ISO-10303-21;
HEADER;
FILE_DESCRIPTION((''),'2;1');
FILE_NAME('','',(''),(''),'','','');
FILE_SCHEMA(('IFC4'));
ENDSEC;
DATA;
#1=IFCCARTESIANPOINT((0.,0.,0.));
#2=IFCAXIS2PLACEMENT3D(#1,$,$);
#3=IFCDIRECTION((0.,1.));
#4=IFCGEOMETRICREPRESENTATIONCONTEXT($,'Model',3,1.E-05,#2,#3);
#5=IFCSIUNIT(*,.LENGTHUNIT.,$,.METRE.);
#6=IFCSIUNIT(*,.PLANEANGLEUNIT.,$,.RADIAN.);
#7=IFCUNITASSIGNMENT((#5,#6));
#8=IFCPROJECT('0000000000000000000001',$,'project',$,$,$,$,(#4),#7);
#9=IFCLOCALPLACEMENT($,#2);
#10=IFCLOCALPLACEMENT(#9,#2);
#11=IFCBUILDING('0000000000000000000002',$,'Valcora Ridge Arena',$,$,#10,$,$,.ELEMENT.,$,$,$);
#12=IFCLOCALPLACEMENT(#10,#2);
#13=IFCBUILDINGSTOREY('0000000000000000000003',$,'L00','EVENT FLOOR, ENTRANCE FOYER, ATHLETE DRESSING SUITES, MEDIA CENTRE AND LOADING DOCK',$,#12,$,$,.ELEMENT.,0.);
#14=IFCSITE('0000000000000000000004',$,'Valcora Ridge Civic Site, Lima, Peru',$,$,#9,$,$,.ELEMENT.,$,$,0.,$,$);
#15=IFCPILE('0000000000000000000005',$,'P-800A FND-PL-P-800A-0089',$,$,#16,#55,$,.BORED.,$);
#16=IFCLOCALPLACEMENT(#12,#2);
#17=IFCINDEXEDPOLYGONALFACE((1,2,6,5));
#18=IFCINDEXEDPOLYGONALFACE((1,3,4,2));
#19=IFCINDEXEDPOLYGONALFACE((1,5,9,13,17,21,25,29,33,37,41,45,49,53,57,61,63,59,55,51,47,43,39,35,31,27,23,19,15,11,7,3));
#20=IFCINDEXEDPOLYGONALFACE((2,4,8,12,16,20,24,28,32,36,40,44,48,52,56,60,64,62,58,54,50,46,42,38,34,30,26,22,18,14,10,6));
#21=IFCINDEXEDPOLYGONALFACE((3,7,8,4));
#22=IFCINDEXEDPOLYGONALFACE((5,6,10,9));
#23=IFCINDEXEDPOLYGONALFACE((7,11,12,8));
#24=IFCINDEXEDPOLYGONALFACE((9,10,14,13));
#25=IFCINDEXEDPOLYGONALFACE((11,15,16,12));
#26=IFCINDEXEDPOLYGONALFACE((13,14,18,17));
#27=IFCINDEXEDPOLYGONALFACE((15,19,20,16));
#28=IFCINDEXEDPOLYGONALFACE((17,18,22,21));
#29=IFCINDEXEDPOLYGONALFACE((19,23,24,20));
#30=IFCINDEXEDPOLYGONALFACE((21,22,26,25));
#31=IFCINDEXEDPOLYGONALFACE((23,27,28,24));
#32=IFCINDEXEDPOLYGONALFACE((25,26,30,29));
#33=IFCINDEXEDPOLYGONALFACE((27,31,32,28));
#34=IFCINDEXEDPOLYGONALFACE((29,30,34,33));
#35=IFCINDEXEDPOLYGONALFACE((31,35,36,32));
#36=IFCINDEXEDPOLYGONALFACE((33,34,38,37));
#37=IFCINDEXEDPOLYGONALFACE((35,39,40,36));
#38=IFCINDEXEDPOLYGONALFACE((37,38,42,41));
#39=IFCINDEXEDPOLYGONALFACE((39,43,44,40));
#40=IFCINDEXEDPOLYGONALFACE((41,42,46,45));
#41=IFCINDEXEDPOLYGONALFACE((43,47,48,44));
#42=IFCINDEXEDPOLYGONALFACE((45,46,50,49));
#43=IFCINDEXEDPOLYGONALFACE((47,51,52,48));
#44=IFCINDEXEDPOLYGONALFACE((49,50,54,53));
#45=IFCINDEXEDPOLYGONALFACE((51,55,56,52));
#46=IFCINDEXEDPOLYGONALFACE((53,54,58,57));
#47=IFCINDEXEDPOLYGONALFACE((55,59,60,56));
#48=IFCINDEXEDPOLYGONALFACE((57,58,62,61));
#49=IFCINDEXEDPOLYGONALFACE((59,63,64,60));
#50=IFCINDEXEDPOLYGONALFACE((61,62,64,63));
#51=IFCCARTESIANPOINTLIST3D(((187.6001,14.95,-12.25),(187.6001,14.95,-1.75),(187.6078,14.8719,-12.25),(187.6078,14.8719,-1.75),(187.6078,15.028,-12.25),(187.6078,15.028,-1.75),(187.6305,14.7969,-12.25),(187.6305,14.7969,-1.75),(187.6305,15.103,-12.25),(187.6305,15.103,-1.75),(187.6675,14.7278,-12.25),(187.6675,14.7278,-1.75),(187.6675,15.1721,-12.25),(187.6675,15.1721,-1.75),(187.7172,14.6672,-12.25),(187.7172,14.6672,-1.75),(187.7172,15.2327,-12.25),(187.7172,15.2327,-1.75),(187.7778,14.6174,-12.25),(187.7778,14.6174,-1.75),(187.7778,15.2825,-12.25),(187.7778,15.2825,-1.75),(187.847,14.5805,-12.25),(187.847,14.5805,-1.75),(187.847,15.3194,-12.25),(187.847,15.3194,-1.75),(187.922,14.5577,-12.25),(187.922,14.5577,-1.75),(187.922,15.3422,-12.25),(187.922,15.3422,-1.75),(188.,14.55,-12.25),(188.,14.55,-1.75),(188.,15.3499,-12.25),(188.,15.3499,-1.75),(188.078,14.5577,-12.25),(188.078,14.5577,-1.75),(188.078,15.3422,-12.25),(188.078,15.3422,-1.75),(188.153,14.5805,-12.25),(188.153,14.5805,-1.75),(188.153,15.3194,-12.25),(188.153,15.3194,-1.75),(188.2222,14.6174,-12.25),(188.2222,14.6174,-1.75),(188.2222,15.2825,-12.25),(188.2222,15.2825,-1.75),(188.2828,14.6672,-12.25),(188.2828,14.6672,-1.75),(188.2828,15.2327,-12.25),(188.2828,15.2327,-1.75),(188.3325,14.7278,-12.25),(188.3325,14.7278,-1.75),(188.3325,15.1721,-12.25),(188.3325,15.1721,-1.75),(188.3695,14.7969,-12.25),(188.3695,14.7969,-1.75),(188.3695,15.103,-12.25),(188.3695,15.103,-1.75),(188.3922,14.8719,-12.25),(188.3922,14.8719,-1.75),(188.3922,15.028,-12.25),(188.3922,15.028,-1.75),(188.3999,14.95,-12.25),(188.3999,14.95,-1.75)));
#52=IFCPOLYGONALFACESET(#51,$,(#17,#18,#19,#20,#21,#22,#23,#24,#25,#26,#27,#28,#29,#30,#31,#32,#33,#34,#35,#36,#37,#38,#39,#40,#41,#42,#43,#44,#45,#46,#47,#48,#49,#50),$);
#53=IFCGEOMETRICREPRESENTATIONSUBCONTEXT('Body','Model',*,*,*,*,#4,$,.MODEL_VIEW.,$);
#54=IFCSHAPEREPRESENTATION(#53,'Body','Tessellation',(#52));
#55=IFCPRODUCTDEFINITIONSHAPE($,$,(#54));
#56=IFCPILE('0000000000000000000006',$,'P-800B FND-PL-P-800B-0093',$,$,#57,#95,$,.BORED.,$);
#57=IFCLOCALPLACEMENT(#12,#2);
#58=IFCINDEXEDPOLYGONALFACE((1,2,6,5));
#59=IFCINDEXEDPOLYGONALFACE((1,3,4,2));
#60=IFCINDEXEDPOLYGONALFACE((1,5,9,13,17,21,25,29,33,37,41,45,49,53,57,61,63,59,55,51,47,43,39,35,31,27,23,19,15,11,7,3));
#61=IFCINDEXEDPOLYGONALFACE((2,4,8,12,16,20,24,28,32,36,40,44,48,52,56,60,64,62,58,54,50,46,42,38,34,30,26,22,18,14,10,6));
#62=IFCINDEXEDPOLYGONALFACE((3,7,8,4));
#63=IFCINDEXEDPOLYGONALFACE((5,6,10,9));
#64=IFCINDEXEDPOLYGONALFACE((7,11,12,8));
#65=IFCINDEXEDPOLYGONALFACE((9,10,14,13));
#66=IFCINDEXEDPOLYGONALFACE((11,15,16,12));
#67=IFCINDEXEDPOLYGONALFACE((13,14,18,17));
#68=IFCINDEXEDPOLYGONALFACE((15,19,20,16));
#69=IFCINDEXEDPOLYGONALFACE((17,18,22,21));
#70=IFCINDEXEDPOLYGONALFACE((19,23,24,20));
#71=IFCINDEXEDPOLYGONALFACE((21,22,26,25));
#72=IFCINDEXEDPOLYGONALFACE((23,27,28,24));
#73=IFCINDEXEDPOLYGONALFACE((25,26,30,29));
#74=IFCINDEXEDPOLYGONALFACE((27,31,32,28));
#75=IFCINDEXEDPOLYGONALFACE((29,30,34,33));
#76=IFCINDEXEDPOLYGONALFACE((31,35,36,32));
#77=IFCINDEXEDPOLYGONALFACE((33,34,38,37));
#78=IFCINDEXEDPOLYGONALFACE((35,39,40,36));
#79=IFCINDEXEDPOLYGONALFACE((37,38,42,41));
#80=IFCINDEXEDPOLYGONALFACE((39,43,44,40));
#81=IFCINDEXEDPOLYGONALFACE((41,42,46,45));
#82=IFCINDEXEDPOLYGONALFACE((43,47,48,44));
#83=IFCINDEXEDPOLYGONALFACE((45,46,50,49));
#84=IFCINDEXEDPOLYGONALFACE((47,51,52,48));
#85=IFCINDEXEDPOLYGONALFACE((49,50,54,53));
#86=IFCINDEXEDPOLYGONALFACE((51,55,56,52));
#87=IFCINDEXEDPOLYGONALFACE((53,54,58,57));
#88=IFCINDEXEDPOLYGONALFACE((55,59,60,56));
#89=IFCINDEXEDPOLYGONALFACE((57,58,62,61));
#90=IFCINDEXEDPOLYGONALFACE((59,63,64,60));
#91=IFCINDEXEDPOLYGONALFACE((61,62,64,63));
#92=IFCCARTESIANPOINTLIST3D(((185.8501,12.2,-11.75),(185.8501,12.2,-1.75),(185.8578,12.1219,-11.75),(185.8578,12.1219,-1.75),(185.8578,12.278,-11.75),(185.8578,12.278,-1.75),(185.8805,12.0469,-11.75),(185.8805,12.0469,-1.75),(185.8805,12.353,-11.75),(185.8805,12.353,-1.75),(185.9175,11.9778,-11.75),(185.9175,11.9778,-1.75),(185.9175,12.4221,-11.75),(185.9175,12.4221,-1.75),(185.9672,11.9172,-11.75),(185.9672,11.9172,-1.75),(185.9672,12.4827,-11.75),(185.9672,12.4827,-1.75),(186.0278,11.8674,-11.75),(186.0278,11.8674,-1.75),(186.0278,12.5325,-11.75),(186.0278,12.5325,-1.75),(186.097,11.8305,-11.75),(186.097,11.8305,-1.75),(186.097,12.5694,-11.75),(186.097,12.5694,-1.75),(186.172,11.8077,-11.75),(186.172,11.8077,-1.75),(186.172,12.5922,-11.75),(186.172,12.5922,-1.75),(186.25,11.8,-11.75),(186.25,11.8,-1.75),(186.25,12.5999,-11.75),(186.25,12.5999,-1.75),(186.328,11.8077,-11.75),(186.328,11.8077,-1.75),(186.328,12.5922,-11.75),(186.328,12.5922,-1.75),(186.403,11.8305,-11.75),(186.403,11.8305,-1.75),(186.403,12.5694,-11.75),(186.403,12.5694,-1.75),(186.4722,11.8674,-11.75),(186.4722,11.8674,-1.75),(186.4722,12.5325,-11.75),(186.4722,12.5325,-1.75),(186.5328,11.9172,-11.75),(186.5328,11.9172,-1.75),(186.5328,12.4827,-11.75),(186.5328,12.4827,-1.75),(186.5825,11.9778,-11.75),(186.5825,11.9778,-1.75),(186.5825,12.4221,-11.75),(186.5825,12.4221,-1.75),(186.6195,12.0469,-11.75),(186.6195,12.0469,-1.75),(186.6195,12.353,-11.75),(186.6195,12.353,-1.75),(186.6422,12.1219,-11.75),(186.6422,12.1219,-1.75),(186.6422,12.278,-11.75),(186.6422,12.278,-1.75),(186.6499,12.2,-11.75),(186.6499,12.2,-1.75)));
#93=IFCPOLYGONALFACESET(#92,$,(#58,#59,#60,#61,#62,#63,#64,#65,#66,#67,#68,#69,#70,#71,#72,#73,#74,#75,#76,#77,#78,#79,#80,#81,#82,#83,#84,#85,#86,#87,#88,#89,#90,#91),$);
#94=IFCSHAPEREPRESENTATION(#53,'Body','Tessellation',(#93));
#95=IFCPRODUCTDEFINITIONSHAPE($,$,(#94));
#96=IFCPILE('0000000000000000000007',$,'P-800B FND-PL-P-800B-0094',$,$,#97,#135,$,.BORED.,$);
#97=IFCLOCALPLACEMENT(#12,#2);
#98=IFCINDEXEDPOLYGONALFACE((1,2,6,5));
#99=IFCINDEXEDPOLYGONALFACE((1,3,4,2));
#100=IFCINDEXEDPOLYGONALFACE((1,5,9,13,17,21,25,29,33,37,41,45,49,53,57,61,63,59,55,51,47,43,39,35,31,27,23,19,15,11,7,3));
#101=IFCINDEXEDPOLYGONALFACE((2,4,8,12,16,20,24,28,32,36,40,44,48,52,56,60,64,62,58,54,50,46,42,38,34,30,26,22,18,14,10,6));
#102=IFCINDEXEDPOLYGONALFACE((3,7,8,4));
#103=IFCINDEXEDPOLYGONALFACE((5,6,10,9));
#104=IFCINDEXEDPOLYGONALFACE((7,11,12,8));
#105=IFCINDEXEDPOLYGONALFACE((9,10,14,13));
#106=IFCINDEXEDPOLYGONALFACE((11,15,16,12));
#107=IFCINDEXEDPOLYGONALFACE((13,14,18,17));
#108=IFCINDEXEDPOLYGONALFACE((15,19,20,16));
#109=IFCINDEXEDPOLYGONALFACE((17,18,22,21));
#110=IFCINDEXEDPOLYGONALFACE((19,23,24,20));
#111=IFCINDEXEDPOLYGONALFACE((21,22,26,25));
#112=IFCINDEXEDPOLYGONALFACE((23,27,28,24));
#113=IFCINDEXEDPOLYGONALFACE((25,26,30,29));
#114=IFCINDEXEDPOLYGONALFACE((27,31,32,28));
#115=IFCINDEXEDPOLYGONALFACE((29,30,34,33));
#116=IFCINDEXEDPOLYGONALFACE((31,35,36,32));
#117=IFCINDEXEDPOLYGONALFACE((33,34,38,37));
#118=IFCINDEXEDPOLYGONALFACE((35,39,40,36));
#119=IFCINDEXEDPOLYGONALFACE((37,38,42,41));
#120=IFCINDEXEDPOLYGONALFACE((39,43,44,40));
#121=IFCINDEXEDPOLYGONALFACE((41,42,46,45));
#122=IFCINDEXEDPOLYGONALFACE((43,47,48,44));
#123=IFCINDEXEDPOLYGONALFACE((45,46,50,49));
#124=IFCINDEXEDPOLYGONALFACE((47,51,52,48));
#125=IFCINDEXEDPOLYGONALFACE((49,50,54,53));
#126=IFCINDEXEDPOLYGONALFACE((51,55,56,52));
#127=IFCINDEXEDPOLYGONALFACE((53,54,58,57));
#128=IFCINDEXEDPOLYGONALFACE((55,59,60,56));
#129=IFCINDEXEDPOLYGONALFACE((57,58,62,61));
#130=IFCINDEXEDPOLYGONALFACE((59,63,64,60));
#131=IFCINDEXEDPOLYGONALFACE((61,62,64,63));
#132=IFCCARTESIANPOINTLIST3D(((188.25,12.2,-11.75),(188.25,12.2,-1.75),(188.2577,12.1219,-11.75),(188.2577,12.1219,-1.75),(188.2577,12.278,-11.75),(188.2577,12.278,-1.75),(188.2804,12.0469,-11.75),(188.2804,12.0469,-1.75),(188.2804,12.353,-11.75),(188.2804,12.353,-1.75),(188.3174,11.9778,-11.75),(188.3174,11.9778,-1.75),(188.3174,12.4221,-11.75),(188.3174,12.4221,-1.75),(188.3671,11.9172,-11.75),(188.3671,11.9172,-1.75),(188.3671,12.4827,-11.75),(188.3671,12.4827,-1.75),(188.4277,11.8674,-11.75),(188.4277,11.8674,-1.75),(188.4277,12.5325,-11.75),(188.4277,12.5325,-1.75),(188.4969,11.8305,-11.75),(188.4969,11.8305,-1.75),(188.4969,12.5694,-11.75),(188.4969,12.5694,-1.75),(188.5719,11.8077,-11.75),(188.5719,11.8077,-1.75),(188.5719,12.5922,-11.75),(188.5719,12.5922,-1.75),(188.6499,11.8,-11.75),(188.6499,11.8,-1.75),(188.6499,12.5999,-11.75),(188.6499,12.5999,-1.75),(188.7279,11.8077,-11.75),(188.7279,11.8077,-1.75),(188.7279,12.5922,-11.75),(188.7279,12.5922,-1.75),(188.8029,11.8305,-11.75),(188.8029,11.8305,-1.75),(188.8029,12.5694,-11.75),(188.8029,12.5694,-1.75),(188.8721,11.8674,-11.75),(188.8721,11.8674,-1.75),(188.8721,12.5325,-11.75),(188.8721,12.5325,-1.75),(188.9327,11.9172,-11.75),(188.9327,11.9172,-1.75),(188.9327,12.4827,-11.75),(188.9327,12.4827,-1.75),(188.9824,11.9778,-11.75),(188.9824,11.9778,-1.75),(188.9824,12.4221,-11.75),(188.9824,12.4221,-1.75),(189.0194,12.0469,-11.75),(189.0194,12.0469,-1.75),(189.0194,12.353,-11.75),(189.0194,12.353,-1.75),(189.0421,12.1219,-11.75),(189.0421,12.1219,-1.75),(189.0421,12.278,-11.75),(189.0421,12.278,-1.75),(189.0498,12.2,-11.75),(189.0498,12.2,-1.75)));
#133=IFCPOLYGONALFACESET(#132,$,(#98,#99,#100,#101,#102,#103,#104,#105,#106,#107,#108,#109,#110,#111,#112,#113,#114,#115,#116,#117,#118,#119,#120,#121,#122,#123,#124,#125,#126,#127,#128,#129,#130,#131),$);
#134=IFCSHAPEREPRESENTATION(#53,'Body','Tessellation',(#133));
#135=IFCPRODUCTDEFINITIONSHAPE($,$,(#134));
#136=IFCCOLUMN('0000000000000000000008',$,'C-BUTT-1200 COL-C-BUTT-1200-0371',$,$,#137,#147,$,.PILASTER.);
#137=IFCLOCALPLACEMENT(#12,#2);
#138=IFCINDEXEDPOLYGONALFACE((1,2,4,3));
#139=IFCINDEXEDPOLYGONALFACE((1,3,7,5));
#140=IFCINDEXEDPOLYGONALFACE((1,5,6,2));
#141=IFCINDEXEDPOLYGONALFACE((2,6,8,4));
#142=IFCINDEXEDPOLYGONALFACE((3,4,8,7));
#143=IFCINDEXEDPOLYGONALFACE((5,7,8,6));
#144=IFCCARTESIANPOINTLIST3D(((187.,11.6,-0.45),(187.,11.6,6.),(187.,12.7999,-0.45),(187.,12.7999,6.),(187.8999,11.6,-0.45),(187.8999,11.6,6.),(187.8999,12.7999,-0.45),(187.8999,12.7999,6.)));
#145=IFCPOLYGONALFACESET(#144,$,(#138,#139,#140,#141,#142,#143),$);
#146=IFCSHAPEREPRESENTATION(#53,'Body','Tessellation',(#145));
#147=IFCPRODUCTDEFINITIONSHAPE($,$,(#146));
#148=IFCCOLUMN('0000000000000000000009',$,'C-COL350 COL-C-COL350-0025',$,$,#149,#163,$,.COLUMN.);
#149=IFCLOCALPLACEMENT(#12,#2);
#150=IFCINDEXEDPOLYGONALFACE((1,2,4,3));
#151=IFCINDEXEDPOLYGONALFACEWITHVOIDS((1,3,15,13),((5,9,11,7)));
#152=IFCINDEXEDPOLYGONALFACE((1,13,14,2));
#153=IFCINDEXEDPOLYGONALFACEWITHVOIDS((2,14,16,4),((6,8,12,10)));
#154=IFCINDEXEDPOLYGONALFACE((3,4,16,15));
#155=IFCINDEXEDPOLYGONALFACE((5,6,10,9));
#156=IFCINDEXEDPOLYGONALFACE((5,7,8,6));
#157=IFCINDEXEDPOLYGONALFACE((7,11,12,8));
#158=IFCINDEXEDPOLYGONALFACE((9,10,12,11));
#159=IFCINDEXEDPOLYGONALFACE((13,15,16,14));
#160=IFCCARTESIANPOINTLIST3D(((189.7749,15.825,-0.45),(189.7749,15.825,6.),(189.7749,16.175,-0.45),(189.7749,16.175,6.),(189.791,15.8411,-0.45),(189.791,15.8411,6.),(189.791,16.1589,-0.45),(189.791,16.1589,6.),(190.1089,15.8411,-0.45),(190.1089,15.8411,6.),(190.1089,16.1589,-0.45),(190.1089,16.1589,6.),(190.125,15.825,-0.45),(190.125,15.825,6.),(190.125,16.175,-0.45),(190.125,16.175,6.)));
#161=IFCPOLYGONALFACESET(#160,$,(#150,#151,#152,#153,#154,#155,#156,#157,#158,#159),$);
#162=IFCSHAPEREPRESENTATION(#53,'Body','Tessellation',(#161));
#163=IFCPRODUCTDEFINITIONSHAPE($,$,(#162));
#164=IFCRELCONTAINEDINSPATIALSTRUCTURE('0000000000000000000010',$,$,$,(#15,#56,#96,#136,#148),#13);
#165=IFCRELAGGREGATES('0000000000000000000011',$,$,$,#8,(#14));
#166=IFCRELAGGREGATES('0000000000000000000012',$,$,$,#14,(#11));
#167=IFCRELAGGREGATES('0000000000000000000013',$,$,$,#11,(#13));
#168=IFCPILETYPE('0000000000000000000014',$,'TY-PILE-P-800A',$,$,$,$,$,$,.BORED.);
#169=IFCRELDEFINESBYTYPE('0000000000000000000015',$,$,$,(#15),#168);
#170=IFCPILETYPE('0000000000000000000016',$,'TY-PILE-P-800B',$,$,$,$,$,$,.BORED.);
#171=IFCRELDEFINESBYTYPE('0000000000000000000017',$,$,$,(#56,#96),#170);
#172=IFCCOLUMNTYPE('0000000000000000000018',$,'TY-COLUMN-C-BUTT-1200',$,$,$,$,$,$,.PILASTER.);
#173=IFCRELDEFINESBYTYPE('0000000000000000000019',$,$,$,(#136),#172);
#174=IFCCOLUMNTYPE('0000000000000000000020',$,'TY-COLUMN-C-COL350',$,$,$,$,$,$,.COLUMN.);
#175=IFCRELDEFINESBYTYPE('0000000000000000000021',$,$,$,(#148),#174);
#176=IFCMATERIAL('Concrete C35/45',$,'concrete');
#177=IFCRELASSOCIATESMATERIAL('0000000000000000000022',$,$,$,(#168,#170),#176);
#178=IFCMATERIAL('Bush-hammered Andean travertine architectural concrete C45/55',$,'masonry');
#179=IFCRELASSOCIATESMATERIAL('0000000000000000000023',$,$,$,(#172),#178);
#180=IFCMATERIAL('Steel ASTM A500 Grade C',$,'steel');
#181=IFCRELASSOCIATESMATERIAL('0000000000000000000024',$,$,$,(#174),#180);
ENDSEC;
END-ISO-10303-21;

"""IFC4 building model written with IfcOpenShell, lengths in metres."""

from ifc_helpers import new_model, si_unit, direction, frame, origin, origin_2d, place, context, subcontext, project, spatial, rectangle, hollow_rectangle, circle, extrude, material, material_profile, profile_set, type_object, element, save


model = new_model("IFC4")

# Units and contexts
model_context = context("Model", 3, precision=1e-05, world=origin(), true_north=direction((0.0, 1.0)))
body_context = subcontext(model_context, "Body", "Model", "MODEL_VIEW")
ifc_project = project(units=[si_unit("LENGTHUNIT", "METRE"), si_unit("PLANEANGLEUNIT", "RADIAN")], contexts=[model_context])

# Site, building, storey
site_placement = place(None, origin())
site = spatial("IfcSite", under=ifc_project, at=site_placement, Name="Valcora Ridge Civic Site, Lima, Peru", CompositionType="ELEMENT", RefElevation=0.0)
building_placement = place(site_placement, origin())
building = spatial("IfcBuilding", under=site, at=building_placement, Name="Valcora Ridge Arena", CompositionType="ELEMENT")
storey_placement = place(building_placement, origin())
storey = spatial("IfcBuildingStorey", under=building, at=storey_placement, Name="L00", Description="EVENT FLOOR, ENTRANCE FOYER, ATHLETE DRESSING SUITES, MEDIA CENTRE AND LOADING DOCK", CompositionType="ELEMENT", Elevation=0.0)

# Piles
ifc_material_1 = material(Name="Concrete C35/45", Category="concrete")
ifc_material_profile_1 = material_profile(ifc_material_1, circle(Radius=0.3999, at=origin_2d()), Name="BORED PILE D800")
ifc_profile_set_1 = profile_set([ifc_material_profile_1], Name="Concrete C35/45")
pile_type_1 = type_object("IfcPileType", Name="TY-PILE-P-800A", PredefinedType="BORED", material=ifc_profile_set_1)
for number, where, z_axis, x_axis, name in (
    (1, (188.0, 14.95, -1.75), (0.0, 0.0, -1.0), (1.0, 0.0, 0.0), "P-800A FND-PL-P-800A-0089"),
):
    element("IfcPile", number, at=place(storey_placement, frame(where, z_axis=z_axis, x_axis=x_axis)), inside=storey, type_object=pile_type_1, Name=name, PredefinedType="BORED", context=body_context, shape_type="SweptSolid", body=[
        extrude(circle(Radius=0.3999, at=origin_2d()), origin(), (0.0, 0.0, 1.0), 10.5),
    ])
ifc_material_profile_2 = material_profile(ifc_material_1, circle(Radius=0.3999, at=origin_2d()), Name="BORED PILE D800")
ifc_profile_set_2 = profile_set([ifc_material_profile_2], Name="Concrete C35/45")
pile_type_2 = type_object("IfcPileType", Name="TY-PILE-P-800B", PredefinedType="BORED", material=ifc_profile_set_2)
for number, where, z_axis, x_axis, name in (
    (2, (186.25, 12.2, -1.75), (0.0, 0.0, -1.0), (1.0, 0.0, 0.0), "P-800B FND-PL-P-800B-0093"),
    (3, (188.6499, 12.2, -1.75), (0.0, 0.0, -1.0), (1.0, 0.0, 0.0), "P-800B FND-PL-P-800B-0094"),
):
    element("IfcPile", number, at=place(storey_placement, frame(where, z_axis=z_axis, x_axis=x_axis)), inside=storey, type_object=pile_type_2, Name=name, PredefinedType="BORED", context=body_context, shape_type="SweptSolid", body=[
        extrude(circle(Radius=0.3999, at=origin_2d()), origin(), (0.0, 0.0, 1.0), 10.0),
    ])

# Columns
ifc_material_2 = material(Name="Bush-hammered Andean travertine architectural concrete C45/55", Category="masonry")
ifc_material_profile_3 = material_profile(ifc_material_2, rectangle(XDim=0.8999, YDim=1.2, at=origin_2d()), Name="RC 900x1200")
ifc_profile_set_3 = profile_set([ifc_material_profile_3], Name="Bush-hammered Andean travertine architectural concrete C45/55")
column_type_1 = type_object("IfcColumnType", Name="TY-COLUMN-C-BUTT-1200", PredefinedType="PILASTER", material=ifc_profile_set_3)
column_1_placement = place(storey_placement, frame((187.45, 12.2, -0.45), z_axis=(0.0, 0.0, 1.0), x_axis=(1.0, 0.0, 0.0)))
element("IfcColumn", 4, at=column_1_placement, inside=storey, type_object=column_type_1, Name="C-BUTT-1200 COL-C-BUTT-1200-0371", PredefinedType="PILASTER", context=body_context, shape_type="SweptSolid", body=[
    extrude(rectangle(XDim=0.8999, YDim=1.2, at=origin_2d()), origin(), (0.0, 0.0, 1.0), 6.45),
])
ifc_material_3 = material(Name="Steel ASTM A500 Grade C", Category="steel")
ifc_material_profile_4 = material_profile(ifc_material_3, hollow_rectangle(XDim=0.3501, YDim=0.3501, WallThickness=0.0161, at=origin_2d()), Name="HSS350X350X16")
ifc_profile_set_4 = profile_set([ifc_material_profile_4], Name="Steel ASTM A500 Grade C")
column_type_2 = type_object("IfcColumnType", Name="TY-COLUMN-C-COL350", PredefinedType="COLUMN", material=ifc_profile_set_4)
column_2_placement = place(storey_placement, frame((189.95, 16.0, -0.45), z_axis=(0.0, 0.0, 1.0), x_axis=(1.0, 0.0, 0.0)))
element("IfcColumn", 5, at=column_2_placement, inside=storey, type_object=column_type_2, Name="C-COL350 COL-C-COL350-0025", PredefinedType="COLUMN", context=body_context, shape_type="SweptSolid", body=[
    extrude(hollow_rectangle(XDim=0.3501, YDim=0.3501, WallThickness=0.0161, at=origin_2d()), origin(), (0.0, 0.0, 1.0), 6.45),
])

save(model, "model.ifc")
